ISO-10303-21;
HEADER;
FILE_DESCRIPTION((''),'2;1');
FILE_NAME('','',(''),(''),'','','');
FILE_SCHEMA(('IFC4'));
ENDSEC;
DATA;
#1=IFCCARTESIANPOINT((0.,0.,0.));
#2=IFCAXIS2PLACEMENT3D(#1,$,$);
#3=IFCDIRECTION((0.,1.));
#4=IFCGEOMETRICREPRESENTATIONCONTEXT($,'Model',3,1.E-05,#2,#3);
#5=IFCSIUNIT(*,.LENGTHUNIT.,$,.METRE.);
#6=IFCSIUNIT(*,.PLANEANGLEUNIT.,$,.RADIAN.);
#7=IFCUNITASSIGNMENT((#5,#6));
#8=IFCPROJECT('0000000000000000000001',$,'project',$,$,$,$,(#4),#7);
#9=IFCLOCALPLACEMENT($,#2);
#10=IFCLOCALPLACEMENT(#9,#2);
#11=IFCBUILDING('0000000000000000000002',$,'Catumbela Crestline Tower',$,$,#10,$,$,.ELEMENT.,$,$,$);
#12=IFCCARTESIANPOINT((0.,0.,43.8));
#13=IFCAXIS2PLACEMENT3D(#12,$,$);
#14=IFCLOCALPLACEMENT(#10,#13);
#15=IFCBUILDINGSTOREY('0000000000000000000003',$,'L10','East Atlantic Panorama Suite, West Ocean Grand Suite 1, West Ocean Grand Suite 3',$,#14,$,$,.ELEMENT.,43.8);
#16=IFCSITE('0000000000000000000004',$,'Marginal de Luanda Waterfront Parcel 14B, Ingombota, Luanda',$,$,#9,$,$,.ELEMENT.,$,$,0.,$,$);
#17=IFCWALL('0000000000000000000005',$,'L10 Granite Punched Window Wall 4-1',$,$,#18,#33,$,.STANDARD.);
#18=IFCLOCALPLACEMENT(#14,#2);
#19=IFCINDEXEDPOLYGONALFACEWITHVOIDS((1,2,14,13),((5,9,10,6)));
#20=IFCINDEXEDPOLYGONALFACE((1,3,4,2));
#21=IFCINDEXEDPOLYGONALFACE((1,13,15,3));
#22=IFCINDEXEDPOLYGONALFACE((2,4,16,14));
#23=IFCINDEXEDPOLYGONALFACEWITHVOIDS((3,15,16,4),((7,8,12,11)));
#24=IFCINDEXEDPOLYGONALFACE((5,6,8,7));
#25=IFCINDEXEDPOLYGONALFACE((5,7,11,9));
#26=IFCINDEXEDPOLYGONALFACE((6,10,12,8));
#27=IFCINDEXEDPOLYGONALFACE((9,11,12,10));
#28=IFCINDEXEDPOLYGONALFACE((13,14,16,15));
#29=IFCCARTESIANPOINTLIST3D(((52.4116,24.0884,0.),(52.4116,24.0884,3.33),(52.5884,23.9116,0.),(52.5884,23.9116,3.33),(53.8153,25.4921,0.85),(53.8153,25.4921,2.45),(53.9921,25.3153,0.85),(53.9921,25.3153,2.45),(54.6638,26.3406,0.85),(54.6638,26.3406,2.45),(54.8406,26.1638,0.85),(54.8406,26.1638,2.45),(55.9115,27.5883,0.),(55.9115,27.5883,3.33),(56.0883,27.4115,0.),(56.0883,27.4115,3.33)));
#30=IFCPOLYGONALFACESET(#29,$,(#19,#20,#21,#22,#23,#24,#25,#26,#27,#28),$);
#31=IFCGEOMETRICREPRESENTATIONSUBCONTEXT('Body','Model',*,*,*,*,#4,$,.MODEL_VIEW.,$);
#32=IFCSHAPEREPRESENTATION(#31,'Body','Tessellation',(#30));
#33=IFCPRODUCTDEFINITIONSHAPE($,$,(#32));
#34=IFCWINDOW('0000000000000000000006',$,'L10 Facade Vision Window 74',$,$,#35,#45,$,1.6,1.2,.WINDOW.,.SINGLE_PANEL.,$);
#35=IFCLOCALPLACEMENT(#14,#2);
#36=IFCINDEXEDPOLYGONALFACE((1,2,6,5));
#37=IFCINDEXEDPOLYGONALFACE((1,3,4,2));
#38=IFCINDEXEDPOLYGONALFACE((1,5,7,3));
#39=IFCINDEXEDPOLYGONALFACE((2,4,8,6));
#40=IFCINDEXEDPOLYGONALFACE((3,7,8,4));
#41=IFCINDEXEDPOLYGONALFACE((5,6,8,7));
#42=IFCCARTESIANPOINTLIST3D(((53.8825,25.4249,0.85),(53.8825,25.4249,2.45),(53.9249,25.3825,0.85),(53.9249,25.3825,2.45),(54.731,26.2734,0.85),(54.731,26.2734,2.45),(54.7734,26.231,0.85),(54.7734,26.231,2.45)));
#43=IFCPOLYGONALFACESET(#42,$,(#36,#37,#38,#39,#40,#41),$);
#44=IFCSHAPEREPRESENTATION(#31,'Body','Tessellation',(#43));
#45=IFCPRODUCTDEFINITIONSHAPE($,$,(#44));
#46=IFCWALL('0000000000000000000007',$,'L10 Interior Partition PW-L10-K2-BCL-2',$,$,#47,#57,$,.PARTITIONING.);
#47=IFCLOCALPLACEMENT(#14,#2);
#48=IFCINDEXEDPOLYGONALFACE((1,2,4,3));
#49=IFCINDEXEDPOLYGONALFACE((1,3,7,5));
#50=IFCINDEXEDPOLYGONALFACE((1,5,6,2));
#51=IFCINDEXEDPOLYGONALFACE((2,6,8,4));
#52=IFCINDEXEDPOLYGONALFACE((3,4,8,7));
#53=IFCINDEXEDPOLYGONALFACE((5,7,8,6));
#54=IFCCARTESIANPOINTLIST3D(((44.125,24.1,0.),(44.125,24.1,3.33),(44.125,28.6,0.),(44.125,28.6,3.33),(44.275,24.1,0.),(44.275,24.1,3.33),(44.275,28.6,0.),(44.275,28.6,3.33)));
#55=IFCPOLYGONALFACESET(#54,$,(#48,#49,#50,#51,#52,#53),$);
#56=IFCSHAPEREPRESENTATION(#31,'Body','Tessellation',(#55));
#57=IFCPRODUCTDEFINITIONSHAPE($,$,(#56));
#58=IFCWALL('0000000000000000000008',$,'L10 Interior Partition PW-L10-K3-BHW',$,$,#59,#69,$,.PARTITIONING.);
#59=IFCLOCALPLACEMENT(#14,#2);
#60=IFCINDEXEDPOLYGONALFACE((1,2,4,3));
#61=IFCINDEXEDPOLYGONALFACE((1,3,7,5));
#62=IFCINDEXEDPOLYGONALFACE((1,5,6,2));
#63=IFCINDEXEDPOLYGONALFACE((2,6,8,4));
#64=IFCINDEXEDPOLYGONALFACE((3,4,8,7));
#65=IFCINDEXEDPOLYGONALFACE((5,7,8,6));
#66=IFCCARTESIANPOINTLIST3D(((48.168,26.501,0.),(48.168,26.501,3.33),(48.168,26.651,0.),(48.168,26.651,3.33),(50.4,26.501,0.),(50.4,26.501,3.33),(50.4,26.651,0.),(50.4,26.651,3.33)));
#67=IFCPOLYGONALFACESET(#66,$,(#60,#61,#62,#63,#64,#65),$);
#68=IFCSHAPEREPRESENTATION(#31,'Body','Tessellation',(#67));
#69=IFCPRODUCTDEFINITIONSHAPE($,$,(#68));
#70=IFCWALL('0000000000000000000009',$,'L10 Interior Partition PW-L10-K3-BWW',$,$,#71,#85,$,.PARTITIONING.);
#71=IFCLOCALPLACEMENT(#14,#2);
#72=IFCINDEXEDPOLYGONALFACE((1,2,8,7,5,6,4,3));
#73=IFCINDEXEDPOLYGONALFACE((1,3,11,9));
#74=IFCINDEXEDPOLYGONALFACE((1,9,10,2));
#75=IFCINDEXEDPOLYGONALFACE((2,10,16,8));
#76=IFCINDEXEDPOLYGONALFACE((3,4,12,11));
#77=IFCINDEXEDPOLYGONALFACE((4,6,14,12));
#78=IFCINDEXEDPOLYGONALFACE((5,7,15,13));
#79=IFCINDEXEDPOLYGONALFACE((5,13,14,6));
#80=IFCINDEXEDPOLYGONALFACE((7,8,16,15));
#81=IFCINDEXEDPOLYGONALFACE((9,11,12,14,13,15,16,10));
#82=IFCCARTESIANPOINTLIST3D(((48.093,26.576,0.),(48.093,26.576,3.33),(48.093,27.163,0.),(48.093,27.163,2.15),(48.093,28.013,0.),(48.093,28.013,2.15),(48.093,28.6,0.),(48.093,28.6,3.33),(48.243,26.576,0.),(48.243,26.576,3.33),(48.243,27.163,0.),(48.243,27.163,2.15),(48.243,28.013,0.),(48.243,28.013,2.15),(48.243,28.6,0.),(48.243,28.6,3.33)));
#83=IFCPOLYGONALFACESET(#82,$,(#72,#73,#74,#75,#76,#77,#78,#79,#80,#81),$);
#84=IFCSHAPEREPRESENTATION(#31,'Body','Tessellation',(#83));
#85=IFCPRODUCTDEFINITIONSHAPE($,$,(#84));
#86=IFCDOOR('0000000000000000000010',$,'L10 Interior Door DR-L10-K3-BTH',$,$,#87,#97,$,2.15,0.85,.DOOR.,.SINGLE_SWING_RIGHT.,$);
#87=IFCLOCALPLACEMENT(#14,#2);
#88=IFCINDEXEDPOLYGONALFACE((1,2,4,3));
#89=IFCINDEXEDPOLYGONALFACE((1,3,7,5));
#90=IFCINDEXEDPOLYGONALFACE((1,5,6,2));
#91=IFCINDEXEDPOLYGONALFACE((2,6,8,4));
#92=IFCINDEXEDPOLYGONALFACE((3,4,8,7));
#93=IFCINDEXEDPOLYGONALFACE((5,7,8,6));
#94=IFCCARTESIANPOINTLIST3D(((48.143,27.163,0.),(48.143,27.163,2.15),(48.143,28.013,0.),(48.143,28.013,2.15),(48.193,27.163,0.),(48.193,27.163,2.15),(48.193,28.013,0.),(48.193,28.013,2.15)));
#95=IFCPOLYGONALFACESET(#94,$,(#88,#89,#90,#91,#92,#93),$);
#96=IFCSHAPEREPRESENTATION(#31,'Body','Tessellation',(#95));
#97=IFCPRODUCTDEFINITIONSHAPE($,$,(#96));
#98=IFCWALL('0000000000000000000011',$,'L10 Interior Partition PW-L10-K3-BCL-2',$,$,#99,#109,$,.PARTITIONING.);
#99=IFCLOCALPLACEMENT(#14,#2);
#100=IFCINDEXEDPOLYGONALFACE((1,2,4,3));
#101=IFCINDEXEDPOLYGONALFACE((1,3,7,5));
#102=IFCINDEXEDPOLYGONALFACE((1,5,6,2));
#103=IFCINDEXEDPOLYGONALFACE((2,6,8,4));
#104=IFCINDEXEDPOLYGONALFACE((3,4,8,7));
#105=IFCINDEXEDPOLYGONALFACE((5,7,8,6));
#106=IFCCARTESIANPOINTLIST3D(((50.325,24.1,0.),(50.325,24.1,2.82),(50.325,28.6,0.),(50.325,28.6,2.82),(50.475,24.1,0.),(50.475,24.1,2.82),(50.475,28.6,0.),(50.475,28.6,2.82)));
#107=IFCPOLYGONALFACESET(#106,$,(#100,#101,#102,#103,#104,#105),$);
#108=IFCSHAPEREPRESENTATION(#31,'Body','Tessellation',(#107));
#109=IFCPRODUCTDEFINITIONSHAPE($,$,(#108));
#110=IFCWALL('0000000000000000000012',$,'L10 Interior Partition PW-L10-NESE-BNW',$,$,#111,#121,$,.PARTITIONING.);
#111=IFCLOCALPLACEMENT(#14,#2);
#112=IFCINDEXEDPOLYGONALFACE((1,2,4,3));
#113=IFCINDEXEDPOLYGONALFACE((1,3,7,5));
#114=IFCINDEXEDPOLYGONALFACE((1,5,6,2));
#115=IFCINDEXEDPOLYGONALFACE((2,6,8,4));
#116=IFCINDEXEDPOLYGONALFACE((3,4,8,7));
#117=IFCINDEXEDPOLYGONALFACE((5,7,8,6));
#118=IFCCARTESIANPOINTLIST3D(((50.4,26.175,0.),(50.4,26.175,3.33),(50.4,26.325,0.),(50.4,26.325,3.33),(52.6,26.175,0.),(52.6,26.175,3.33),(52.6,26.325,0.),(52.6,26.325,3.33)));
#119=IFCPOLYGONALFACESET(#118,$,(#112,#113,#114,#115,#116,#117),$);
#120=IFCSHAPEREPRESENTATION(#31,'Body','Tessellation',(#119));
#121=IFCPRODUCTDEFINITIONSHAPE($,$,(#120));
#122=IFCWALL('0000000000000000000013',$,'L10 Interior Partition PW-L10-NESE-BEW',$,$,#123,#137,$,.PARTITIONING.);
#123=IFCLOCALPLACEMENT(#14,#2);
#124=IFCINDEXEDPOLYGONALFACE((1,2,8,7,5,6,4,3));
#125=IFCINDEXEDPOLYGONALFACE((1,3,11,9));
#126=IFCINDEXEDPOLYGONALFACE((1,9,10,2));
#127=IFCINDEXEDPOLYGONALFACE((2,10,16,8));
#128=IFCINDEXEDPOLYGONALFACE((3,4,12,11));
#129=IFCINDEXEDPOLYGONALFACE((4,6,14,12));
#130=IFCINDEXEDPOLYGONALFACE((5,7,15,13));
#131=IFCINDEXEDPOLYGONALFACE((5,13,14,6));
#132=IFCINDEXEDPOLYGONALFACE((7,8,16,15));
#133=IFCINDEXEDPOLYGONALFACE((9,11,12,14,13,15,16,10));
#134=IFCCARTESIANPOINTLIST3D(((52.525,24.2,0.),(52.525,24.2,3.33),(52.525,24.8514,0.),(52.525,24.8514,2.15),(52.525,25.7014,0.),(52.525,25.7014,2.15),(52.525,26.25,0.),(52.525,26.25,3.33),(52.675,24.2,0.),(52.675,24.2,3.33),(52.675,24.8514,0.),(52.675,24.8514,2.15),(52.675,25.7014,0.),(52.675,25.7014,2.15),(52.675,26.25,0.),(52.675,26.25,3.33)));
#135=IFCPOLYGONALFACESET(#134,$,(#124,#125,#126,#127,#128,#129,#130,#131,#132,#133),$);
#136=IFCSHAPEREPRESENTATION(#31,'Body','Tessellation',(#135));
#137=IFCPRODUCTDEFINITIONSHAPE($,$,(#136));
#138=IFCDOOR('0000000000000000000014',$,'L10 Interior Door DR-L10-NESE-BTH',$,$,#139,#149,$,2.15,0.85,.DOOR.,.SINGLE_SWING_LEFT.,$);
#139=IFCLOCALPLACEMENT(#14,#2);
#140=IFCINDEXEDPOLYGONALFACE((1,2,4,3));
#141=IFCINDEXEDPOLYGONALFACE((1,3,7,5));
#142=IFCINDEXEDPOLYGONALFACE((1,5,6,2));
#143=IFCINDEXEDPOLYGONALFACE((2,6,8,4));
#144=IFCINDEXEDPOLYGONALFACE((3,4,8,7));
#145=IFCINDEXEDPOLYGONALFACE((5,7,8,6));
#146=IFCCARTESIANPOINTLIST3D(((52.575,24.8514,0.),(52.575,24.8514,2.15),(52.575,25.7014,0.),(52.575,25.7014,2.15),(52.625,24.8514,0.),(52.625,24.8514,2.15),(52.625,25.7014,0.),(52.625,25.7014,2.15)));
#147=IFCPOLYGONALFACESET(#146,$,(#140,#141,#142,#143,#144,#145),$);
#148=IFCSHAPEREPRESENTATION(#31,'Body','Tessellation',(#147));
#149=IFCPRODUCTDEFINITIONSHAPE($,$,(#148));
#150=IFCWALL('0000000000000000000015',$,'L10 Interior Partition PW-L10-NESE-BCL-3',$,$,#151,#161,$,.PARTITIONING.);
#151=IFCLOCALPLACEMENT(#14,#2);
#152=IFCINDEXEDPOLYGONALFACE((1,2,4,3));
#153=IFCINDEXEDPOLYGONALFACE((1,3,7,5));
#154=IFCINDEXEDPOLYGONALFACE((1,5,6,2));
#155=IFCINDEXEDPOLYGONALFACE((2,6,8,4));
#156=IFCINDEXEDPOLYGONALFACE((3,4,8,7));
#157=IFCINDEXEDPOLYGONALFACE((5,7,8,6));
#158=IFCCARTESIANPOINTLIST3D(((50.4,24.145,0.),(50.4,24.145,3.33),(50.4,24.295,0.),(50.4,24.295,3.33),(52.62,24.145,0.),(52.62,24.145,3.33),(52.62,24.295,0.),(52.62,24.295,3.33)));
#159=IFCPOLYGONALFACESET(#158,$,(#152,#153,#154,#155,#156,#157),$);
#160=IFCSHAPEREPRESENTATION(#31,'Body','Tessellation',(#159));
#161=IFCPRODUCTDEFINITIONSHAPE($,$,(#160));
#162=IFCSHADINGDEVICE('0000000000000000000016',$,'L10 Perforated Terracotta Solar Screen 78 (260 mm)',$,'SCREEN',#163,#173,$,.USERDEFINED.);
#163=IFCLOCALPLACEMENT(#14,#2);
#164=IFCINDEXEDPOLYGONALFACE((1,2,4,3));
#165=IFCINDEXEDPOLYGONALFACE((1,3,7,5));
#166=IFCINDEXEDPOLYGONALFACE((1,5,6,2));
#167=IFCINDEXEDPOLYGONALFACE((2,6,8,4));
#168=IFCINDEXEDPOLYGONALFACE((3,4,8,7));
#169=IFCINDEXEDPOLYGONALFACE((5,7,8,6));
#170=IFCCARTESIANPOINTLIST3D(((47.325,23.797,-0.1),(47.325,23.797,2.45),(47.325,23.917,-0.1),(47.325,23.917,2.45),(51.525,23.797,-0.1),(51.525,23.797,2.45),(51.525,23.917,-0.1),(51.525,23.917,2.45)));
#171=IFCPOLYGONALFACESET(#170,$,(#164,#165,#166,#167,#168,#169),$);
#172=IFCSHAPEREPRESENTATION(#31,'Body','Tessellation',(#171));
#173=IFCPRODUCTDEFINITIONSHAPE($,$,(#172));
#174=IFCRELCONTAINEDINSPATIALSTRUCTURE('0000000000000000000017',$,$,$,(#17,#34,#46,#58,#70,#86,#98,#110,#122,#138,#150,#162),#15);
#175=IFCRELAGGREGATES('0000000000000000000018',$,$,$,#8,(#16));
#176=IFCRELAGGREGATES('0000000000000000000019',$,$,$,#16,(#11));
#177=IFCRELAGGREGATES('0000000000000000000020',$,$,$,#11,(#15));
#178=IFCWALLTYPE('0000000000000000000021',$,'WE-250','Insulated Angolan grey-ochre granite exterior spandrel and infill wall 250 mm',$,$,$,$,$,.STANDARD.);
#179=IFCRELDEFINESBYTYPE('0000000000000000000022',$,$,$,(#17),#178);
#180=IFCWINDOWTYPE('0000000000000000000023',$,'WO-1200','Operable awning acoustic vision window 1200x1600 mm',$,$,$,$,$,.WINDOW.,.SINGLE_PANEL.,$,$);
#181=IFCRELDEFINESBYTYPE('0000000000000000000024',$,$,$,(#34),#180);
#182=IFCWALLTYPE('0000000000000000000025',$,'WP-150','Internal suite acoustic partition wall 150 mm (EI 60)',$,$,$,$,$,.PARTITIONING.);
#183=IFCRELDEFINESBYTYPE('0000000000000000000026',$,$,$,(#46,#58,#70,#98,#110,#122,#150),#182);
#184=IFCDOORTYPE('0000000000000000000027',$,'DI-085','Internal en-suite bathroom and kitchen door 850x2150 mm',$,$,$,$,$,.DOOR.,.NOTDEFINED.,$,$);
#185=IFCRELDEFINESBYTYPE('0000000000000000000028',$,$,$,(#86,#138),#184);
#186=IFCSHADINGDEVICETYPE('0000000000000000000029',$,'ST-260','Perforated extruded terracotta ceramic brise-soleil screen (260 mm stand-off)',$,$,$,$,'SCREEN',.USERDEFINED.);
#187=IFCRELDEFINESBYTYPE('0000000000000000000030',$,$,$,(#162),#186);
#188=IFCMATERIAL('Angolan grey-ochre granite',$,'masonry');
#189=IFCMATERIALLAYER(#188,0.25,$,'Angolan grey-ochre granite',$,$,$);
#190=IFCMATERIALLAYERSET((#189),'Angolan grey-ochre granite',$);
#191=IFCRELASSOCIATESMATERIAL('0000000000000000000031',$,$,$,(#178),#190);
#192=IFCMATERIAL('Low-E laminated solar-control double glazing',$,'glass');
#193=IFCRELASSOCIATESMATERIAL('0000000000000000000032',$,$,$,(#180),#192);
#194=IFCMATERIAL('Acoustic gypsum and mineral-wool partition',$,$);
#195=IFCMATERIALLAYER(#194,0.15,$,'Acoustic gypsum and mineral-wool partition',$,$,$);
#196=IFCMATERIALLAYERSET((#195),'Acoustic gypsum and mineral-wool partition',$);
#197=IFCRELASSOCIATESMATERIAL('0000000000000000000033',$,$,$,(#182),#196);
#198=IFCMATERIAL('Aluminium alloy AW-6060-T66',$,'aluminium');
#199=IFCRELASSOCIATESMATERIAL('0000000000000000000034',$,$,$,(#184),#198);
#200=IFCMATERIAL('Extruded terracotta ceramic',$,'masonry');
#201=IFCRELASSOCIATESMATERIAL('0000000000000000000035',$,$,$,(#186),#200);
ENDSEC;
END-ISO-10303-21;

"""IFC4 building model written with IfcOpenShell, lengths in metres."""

from ifc_helpers import new_model, si_unit, direction, frame, frame_2d, origin, origin_2d, place, context, subcontext, project, spatial, rectangle, extrude, material, layer, layer_set, type_object, element, fill, save


model = new_model("IFC4")

# Units and contexts
model_context = context("Model", 3, precision=1e-05, world=origin(), true_north=direction((0.0, 1.0)))
body_context = subcontext(model_context, "Body", "Model", "MODEL_VIEW")
ifc_project = project(units=[si_unit("LENGTHUNIT", "METRE"), si_unit("PLANEANGLEUNIT", "RADIAN")], contexts=[model_context])

# Site, building, storey
site_placement = place(None, origin())
site = spatial("IfcSite", under=ifc_project, at=site_placement, Name="Marginal de Luanda Waterfront Parcel 14B, Ingombota, Luanda", CompositionType="ELEMENT", RefElevation=0.0)
building_placement = place(site_placement, origin())
building = spatial("IfcBuilding", under=site, at=building_placement, Name="Catumbela Crestline Tower", CompositionType="ELEMENT")
storey_placement = place(building_placement, frame((0.0, 0.0, 43.8)))
storey = spatial("IfcBuildingStorey", under=building, at=storey_placement, Name="L10", Description="East Atlantic Panorama Suite, West Ocean Grand Suite 1, West Ocean Grand Suite 3", CompositionType="ELEMENT", Elevation=43.8)

# Shared definitions
ifc_material_1 = material(Name="Aluminium alloy AW-6060-T66", Category="aluminium")

# Shared definitions
ifc_material_2 = material(Name="Low-E laminated solar-control double glazing", Category="glass")

# Shared definitions
ifc_material_3 = material(Name="Acoustic gypsum and mineral-wool partition")

# Wall, opening, window
ifc_material_4 = material(Name="Angolan grey-ochre granite", Category="masonry")
ifc_layer_1 = layer(ifc_material_4, 0.25, Name="Angolan grey-ochre granite")
ifc_layer_set_1 = layer_set([ifc_layer_1], Name="Angolan grey-ochre granite")
wall_type_1 = type_object("IfcWallType", Name="WE-250", Description="Insulated Angolan grey-ochre granite exterior spandrel and infill wall 250 mm", PredefinedType="STANDARD", material=ifc_layer_set_1)
wall_1_placement = place(storey_placement, frame((52.5, 24.0, 0.0), z_axis=(0.0, 0.0, 1.0), x_axis=(0.707107, 0.707107, 0.0)))
wall_1 = element("IfcWall", 1, at=wall_1_placement, inside=storey, type_object=wall_type_1, Name="L10 Granite Punched Window Wall 4-1", PredefinedType="STANDARD", context=body_context, shape_type="SweptSolid", body=[
    extrude(rectangle(XDim=4.9497, YDim=0.25, at=frame_2d((2.4748, 0.0))), origin(), (0.0, 0.0, 1.0), 3.33),
])
opening_1_placement = place(wall_1_placement, frame((1.9851, 0.0, 0.85)))
opening_1 = element("IfcOpeningElement", 2, at=opening_1_placement, cuts=wall_1, PredefinedType="OPENING", context=body_context, shape_type="SweptSolid", body=[
    extrude(rectangle(XDim=1.2, YDim=1.6, at=frame_2d((0.6, 0.8))), frame((0.0, 0.135, 0.0), z_axis=(0.0, -1.0, 0.0), x_axis=(1.0, 0.0, 0.0)), (0.0, 0.0, 1.0), 0.27),
])
window_type = type_object("IfcWindowType", Name="WO-1200", Description="Operable awning acoustic vision window 1200x1600 mm", PartitioningType="SINGLE_PANEL", PredefinedType="WINDOW", material=ifc_material_2)
window_placement = place(opening_1_placement, origin())
window = element("IfcWindow", 3, at=window_placement, inside=storey, type_object=window_type, Name="L10 Facade Vision Window 74", OverallHeight=1.6, OverallWidth=1.2, PartitioningType="SINGLE_PANEL", PredefinedType="WINDOW", context=body_context, shape_type="SweptSolid", body=[
    extrude(rectangle(XDim=1.2, YDim=1.6, at=frame_2d((0.6, 0.8))), frame((0.0, 0.03, 0.0), z_axis=(0.0, -1.0, 0.0), x_axis=(1.0, 0.0, 0.0)), (0.0, 0.0, 1.0), 0.06),
])
fill(opening_1, window)

# Walls
ifc_layer_2 = layer(ifc_material_3, 0.15, Name="Acoustic gypsum and mineral-wool partition")
ifc_layer_set_2 = layer_set([ifc_layer_2], Name="Acoustic gypsum and mineral-wool partition")
wall_type_2 = type_object("IfcWallType", Name="WP-150", Description="Internal suite acoustic partition wall 150 mm (EI 60)", PredefinedType="PARTITIONING", material=ifc_layer_set_2)
wall_2_placement = place(storey_placement, frame((44.2, 28.6, 0.0), z_axis=(0.0, 0.0, 1.0), x_axis=(0.0, -1.0, 0.0)))
element("IfcWall", 4, at=wall_2_placement, inside=storey, type_object=wall_type_2, Name="L10 Interior Partition PW-L10-K2-BCL-2", PredefinedType="PARTITIONING", context=body_context, shape_type="SweptSolid", body=[
    extrude(rectangle(XDim=4.5, YDim=0.15, at=frame_2d((2.25, 0.0))), origin(), (0.0, 0.0, 1.0), 3.33),
])
wall_3_placement = place(storey_placement, frame((48.168, 26.576, 0.0), z_axis=(0.0, 0.0, 1.0), x_axis=(1.0, 0.0, 0.0)))
element("IfcWall", 5, at=wall_3_placement, inside=storey, type_object=wall_type_2, Name="L10 Interior Partition PW-L10-K3-BHW", PredefinedType="PARTITIONING", context=body_context, shape_type="SweptSolid", body=[
    extrude(rectangle(XDim=2.232, YDim=0.15, at=frame_2d((1.116, 0.0))), origin(), (0.0, 0.0, 1.0), 3.33),
])

# Wall, opening, door
wall_4_placement = place(storey_placement, frame((48.168, 26.576, 0.0), z_axis=(0.0, 0.0, 1.0), x_axis=(0.0, 1.0, 0.0)))
wall_4 = element("IfcWall", 6, at=wall_4_placement, inside=storey, type_object=wall_type_2, Name="L10 Interior Partition PW-L10-K3-BWW", PredefinedType="PARTITIONING", context=body_context, shape_type="SweptSolid", body=[
    extrude(rectangle(XDim=2.024, YDim=0.15, at=frame_2d((1.012, 0.0))), origin(), (0.0, 0.0, 1.0), 3.33),
])
opening_2_placement = place(wall_4_placement, frame((0.587, 0.0, 0.0)))
opening_2 = element("IfcOpeningElement", 7, at=opening_2_placement, cuts=wall_4, PredefinedType="OPENING", context=body_context, shape_type="SweptSolid", body=[
    extrude(rectangle(XDim=0.85, YDim=2.15, at=frame_2d((0.425, 1.075))), frame((0.0, 0.085, 0.0), z_axis=(0.0, -1.0, 0.0), x_axis=(1.0, 0.0, 0.0)), (0.0, 0.0, 1.0), 0.17),
])
door_type_1 = type_object("IfcDoorType", Name="DI-085", Description="Internal en-suite bathroom and kitchen door 850x2150 mm", OperationType="NOTDEFINED", PredefinedType="DOOR", material=ifc_material_1)
door_1_placement = place(opening_2_placement, origin())
door_1 = element("IfcDoor", 8, at=door_1_placement, inside=storey, type_object=door_type_1, Name="L10 Interior Door DR-L10-K3-BTH", OperationType="SINGLE_SWING_RIGHT", OverallHeight=2.15, OverallWidth=0.85, PredefinedType="DOOR", context=body_context, shape_type="SweptSolid", body=[
    extrude(rectangle(XDim=0.85, YDim=2.15, at=frame_2d((0.425, 1.075))), frame((0.0, 0.025, 0.0), z_axis=(0.0, -1.0, 0.0), x_axis=(1.0, 0.0, 0.0)), (0.0, 0.0, 1.0), 0.05),
])
fill(opening_2, door_1)

# Walls
wall_5_placement = place(storey_placement, frame((50.4, 28.6, 0.0), z_axis=(0.0, 0.0, 1.0), x_axis=(0.0, -1.0, 0.0)))
element("IfcWall", 9, at=wall_5_placement, inside=storey, type_object=wall_type_2, Name="L10 Interior Partition PW-L10-K3-BCL-2", PredefinedType="PARTITIONING", context=body_context, shape_type="SweptSolid", body=[
    extrude(rectangle(XDim=4.5, YDim=0.15, at=frame_2d((2.25, 0.0))), origin(), (0.0, 0.0, 1.0), 2.82),
])
wall_6_placement = place(storey_placement, frame((50.4, 26.25, 0.0), z_axis=(0.0, 0.0, 1.0), x_axis=(1.0, 0.0, 0.0)))
element("IfcWall", 10, at=wall_6_placement, inside=storey, type_object=wall_type_2, Name="L10 Interior Partition PW-L10-NESE-BNW", PredefinedType="PARTITIONING", context=body_context, shape_type="SweptSolid", body=[
    extrude(rectangle(XDim=2.2, YDim=0.15, at=frame_2d((1.1, 0.0))), origin(), (0.0, 0.0, 1.0), 3.33),
])

# Wall, opening, door
wall_7_placement = place(storey_placement, frame((52.6, 24.2, 0.0), z_axis=(0.0, 0.0, 1.0), x_axis=(0.0, 1.0, 0.0)))
wall_7 = element("IfcWall", 11, at=wall_7_placement, inside=storey, type_object=wall_type_2, Name="L10 Interior Partition PW-L10-NESE-BEW", PredefinedType="PARTITIONING", context=body_context, shape_type="SweptSolid", body=[
    extrude(rectangle(XDim=2.05, YDim=0.15, at=frame_2d((1.025, 0.0))), origin(), (0.0, 0.0, 1.0), 3.33),
])
opening_3_placement = place(wall_7_placement, frame((0.6514, 0.0, 0.0)))
opening_3 = element("IfcOpeningElement", 12, at=opening_3_placement, cuts=wall_7, PredefinedType="OPENING", context=body_context, shape_type="SweptSolid", body=[
    extrude(rectangle(XDim=0.85, YDim=2.15, at=frame_2d((0.425, 1.075))), frame((0.0, 0.085, 0.0), z_axis=(0.0, -1.0, 0.0), x_axis=(1.0, 0.0, 0.0)), (0.0, 0.0, 1.0), 0.17),
])
door_2_placement = place(opening_3_placement, origin())
door_2 = element("IfcDoor", 13, at=door_2_placement, inside=storey, type_object=door_type_1, Name="L10 Interior Door DR-L10-NESE-BTH", OperationType="SINGLE_SWING_LEFT", OverallHeight=2.15, OverallWidth=0.85, PredefinedType="DOOR", context=body_context, shape_type="SweptSolid", body=[
    extrude(rectangle(XDim=0.85, YDim=2.15, at=frame_2d((0.425, 1.075))), frame((0.0, 0.025, 0.0), z_axis=(0.0, -1.0, 0.0), x_axis=(1.0, 0.0, 0.0)), (0.0, 0.0, 1.0), 0.05),
])
fill(opening_3, door_2)

# Wall
wall_8_placement = place(storey_placement, frame((52.62, 24.22, 0.0), z_axis=(0.0, 0.0, 1.0), x_axis=(-1.0, 0.0, 0.0)))
element("IfcWall", 14, at=wall_8_placement, inside=storey, type_object=wall_type_2, Name="L10 Interior Partition PW-L10-NESE-BCL-3", PredefinedType="PARTITIONING", context=body_context, shape_type="SweptSolid", body=[
    extrude(rectangle(XDim=2.22, YDim=0.15, at=frame_2d((1.11, 0.0))), origin(), (0.0, 0.0, 1.0), 3.33),
])

# Shading device
ifc_material_5 = material(Name="Extruded terracotta ceramic", Category="masonry")
shading_device_type = type_object("IfcShadingDeviceType", Name="ST-260", Description="Perforated extruded terracotta ceramic brise-soleil screen (260 mm stand-off)", ElementType="SCREEN", PredefinedType="USERDEFINED", material=ifc_material_5)
shading_device_placement = place(storey_placement, frame((49.425, 23.857, -0.1), z_axis=(0.0, 0.0, 1.0), x_axis=(1.0, 0.0, 0.0)))
element("IfcShadingDevice", 15, at=shading_device_placement, inside=storey, type_object=shading_device_type, Name="L10 Perforated Terracotta Solar Screen 78 (260 mm)", ObjectType="SCREEN", PredefinedType="USERDEFINED", context=body_context, shape_type="SweptSolid", body=[
    extrude(rectangle(XDim=4.2, YDim=0.12, at=origin_2d()), origin(), (0.0, 0.0, 1.0), 2.55),
])

save(model, "model.ifc")
